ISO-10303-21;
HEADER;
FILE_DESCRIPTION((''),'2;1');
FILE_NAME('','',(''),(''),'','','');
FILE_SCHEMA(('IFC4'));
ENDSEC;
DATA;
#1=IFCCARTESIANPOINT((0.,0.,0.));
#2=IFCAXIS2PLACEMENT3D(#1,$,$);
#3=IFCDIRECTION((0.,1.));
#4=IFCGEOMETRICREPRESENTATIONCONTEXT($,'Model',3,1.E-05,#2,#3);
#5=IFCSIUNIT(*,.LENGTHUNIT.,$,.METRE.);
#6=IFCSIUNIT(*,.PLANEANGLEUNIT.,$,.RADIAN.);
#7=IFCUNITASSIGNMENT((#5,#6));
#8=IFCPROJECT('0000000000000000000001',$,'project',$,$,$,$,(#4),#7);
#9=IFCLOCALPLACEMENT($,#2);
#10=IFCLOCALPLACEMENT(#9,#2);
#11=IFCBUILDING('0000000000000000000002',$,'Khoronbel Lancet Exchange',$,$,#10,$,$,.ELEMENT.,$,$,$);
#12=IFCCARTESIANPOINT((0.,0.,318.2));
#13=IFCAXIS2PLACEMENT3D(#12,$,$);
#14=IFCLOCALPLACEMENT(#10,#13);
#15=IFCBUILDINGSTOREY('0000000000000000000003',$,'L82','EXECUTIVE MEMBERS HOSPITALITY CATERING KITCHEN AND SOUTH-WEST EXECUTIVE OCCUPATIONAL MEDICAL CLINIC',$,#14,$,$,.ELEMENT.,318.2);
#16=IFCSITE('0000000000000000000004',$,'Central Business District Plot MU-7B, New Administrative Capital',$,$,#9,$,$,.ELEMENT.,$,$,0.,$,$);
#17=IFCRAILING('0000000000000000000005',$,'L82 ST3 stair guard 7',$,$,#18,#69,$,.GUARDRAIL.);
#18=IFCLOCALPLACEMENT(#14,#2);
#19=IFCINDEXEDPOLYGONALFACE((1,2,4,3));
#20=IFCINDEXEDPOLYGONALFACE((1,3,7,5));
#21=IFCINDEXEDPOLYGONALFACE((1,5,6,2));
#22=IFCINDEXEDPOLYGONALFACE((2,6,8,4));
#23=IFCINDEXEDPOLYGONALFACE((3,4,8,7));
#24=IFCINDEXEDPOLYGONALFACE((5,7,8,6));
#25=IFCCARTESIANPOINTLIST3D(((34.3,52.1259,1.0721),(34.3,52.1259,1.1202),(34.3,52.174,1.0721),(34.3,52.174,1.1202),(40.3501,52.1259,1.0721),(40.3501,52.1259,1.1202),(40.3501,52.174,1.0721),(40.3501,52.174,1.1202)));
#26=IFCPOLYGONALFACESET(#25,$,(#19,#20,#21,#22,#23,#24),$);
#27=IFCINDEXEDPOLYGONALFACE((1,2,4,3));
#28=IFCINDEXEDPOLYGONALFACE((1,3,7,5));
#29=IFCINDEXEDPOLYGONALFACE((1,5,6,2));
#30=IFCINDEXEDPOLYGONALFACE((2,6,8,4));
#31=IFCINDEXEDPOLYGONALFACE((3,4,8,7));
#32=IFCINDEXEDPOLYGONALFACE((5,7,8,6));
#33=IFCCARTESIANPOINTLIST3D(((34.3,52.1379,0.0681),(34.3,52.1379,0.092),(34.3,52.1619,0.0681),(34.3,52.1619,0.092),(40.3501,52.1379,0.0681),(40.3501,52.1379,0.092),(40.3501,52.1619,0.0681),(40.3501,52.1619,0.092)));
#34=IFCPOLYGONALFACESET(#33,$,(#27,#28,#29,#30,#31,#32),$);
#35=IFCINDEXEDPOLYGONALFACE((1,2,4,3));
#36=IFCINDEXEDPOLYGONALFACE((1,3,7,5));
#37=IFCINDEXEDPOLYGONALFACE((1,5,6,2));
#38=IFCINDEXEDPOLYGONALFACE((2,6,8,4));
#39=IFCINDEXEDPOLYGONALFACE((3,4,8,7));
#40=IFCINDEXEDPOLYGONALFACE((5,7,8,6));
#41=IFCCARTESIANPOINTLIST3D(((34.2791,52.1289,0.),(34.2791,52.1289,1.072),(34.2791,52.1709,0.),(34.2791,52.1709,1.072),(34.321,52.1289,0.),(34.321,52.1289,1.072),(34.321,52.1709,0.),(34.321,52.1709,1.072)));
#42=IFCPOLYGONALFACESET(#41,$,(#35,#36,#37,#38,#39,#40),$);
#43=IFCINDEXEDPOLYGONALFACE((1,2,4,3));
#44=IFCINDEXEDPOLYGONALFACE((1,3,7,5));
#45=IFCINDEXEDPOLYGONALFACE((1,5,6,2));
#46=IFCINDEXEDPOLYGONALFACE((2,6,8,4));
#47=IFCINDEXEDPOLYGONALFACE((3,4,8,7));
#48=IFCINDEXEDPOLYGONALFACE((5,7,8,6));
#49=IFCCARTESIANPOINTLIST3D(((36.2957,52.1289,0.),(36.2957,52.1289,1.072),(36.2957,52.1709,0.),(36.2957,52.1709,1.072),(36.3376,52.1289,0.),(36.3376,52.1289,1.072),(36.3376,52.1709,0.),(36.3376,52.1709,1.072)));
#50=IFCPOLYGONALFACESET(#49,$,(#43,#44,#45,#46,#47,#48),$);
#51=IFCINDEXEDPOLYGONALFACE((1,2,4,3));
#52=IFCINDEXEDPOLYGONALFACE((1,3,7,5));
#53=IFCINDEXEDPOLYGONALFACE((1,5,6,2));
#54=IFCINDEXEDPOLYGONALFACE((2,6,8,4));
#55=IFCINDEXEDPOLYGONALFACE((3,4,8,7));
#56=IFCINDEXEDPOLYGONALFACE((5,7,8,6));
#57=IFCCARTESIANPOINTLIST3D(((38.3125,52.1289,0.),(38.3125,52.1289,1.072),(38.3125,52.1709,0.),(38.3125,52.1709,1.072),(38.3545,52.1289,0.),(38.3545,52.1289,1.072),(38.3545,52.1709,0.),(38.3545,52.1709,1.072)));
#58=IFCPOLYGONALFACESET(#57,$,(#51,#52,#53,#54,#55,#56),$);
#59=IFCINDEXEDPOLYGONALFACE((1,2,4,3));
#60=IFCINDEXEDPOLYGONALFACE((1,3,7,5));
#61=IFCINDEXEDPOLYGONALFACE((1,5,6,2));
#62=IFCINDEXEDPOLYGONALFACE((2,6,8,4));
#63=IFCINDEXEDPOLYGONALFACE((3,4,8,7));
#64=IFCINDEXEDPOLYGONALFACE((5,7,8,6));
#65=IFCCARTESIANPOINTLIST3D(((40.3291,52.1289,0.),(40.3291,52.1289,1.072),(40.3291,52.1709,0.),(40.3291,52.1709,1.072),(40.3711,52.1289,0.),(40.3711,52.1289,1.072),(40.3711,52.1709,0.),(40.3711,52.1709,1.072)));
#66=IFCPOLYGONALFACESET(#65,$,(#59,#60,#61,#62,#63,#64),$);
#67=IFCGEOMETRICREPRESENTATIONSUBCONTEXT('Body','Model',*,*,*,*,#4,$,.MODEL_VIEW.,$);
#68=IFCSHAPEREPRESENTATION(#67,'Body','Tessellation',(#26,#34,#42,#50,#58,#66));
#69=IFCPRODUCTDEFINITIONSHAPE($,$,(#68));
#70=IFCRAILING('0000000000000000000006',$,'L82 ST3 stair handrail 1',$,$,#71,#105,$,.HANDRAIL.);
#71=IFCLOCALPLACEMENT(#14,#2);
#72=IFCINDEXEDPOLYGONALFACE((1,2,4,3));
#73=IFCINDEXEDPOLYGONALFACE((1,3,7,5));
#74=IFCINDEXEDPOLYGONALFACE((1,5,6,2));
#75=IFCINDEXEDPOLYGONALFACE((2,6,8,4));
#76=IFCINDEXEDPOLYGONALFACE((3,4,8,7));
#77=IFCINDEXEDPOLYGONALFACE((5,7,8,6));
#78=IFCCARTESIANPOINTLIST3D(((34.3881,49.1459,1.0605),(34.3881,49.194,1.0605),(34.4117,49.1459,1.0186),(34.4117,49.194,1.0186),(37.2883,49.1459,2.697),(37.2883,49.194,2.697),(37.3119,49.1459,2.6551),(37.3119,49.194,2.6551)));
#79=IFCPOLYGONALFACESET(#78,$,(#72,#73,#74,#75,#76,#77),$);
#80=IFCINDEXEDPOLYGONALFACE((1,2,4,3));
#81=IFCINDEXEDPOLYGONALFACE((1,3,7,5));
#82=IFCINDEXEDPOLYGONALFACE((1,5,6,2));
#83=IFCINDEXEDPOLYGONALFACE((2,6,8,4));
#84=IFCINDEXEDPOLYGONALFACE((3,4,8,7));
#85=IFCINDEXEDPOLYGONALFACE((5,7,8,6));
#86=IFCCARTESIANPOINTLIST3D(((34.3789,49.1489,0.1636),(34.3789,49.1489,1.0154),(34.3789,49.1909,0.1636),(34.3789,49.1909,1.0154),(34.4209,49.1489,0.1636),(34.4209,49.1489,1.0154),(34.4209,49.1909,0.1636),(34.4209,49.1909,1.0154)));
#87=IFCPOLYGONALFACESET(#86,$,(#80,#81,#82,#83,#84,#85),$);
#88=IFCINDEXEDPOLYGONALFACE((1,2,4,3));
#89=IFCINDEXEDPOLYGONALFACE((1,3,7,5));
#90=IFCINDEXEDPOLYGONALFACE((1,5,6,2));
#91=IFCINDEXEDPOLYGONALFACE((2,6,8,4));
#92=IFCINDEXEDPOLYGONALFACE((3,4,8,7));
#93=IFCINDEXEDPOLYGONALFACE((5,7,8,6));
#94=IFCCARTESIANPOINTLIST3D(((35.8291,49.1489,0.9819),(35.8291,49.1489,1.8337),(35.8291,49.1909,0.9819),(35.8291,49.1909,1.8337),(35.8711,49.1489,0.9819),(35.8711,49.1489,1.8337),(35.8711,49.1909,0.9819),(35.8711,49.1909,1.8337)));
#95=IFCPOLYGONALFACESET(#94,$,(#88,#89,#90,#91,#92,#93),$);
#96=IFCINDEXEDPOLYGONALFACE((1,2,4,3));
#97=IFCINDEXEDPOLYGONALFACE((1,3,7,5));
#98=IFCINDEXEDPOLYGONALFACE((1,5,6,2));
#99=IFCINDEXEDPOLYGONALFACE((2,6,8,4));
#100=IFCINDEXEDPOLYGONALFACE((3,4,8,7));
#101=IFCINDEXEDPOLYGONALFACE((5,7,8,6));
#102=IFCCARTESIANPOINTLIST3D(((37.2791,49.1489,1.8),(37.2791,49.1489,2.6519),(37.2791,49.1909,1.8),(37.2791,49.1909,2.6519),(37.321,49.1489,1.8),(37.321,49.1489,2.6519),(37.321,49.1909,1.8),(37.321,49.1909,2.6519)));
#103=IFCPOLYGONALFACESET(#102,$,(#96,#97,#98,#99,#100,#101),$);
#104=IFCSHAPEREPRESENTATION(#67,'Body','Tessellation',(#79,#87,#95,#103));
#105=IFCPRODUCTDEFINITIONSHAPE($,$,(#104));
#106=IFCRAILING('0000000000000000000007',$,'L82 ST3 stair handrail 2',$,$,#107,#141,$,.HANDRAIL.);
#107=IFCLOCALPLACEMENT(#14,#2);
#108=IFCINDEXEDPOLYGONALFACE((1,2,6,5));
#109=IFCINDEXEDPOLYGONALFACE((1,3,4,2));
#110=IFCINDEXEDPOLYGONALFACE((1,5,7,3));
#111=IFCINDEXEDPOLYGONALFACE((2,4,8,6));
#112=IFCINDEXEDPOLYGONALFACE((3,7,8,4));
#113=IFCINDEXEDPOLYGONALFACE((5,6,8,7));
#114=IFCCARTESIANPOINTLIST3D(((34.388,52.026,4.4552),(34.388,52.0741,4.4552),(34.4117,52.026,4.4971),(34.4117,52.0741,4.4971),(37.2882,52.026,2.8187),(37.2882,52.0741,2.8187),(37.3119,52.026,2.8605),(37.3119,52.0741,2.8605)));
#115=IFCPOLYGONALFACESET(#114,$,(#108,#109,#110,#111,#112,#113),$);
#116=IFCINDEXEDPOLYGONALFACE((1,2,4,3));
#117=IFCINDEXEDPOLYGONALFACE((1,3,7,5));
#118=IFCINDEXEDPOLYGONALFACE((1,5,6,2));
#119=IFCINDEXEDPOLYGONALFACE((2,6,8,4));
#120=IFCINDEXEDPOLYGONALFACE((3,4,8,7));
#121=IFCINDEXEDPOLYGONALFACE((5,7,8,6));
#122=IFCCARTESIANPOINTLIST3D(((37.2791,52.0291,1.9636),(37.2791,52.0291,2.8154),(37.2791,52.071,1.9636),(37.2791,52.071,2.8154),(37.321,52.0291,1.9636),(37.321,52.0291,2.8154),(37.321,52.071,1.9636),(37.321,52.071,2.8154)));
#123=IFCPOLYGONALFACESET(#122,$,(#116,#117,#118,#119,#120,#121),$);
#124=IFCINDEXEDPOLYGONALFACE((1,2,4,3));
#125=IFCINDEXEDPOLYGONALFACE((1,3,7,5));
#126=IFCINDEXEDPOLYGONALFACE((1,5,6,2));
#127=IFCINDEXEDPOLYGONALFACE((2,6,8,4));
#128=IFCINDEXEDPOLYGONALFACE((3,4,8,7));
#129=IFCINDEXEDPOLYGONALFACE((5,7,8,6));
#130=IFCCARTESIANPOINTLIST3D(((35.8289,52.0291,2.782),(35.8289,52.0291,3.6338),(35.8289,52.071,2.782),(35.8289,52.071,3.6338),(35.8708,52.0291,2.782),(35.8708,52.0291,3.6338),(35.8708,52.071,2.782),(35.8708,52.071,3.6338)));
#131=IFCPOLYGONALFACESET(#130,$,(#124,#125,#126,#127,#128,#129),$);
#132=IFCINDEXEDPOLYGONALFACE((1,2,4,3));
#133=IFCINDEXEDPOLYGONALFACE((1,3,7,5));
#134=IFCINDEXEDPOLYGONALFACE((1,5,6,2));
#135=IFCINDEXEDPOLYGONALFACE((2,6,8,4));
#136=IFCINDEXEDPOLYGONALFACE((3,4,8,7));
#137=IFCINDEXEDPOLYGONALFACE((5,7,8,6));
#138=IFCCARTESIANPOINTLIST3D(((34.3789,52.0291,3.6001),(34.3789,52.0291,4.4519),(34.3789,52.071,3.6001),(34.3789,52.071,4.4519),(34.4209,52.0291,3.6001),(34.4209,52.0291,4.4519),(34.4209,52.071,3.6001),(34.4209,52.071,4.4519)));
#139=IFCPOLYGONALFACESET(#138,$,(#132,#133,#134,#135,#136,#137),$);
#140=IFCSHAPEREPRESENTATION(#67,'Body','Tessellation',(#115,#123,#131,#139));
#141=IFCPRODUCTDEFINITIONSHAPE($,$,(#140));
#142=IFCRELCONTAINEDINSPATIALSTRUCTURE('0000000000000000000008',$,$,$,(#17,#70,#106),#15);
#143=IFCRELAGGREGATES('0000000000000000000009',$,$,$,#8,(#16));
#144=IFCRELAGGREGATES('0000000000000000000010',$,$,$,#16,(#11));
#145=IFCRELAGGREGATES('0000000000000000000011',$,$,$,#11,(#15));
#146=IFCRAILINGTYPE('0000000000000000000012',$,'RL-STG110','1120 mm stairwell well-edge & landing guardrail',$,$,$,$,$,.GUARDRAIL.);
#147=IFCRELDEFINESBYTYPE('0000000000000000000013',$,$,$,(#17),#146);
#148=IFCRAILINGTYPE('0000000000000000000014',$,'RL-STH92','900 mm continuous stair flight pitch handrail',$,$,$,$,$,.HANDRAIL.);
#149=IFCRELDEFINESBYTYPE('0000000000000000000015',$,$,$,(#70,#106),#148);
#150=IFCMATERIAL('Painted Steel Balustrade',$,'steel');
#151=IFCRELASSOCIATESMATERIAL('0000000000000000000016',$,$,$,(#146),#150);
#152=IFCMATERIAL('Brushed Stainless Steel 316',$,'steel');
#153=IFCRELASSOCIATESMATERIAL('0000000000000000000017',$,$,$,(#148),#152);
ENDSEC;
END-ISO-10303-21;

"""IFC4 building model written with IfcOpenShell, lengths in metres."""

from ifc_helpers import new_model, si_unit, direction, frame, origin, origin_2d, place, context, subcontext, project, spatial, rectangle, extrude, material, type_object, element, save


model = new_model("IFC4")

# Units and contexts
model_context = context("Model", 3, precision=1e-05, world=origin(), true_north=direction((0.0, 1.0)))
body_context = subcontext(model_context, "Body", "Model", "MODEL_VIEW")
ifc_project = project(units=[si_unit("LENGTHUNIT", "METRE"), si_unit("PLANEANGLEUNIT", "RADIAN")], contexts=[model_context])

# Site, building, storey
site_placement = place(None, origin())
site = spatial("IfcSite", under=ifc_project, at=site_placement, Name="Central Business District Plot MU-7B, New Administrative Capital", CompositionType="ELEMENT", RefElevation=0.0)
building_placement = place(site_placement, origin())
building = spatial("IfcBuilding", under=site, at=building_placement, Name="Khoronbel Lancet Exchange", CompositionType="ELEMENT")
storey_placement = place(building_placement, frame((0.0, 0.0, 318.2)))
storey = spatial("IfcBuildingStorey", under=building, at=storey_placement, Name="L82", Description="EXECUTIVE MEMBERS HOSPITALITY CATERING KITCHEN AND SOUTH-WEST EXECUTIVE OCCUPATIONAL MEDICAL CLINIC", CompositionType="ELEMENT", Elevation=318.2)

# Railings
ifc_material_1 = material(Name="Painted Steel Balustrade", Category="steel")
railing_type_1 = type_object("IfcRailingType", Name="RL-STG110", Description="1120 mm stairwell well-edge & landing guardrail", PredefinedType="GUARDRAIL", material=ifc_material_1)
railing_1_placement = place(storey_placement, frame((34.3, 52.1499, 0.0)))
element("IfcRailing", 1, at=railing_1_placement, inside=storey, type_object=railing_type_1, Name="L82 ST3 stair guard 7", PredefinedType="GUARDRAIL", context=body_context, shape_type="SweptSolid", body=[
    extrude(rectangle(XDim=0.0481, YDim=0.0481, at=origin_2d()), frame((0.0, 0.0, 1.0962), z_axis=(1.0, 0.0, 0.0), x_axis=(0.0, 1.0, 0.0)), (0.0, 0.0, 1.0), 6.05),
    extrude(rectangle(XDim=0.0239, YDim=0.0239, at=origin_2d()), frame((0.0, 0.0, 0.0801), z_axis=(1.0, 0.0, 0.0), x_axis=(0.0, 1.0, 0.0)), (0.0, 0.0, 1.0), 6.05),
    extrude(rectangle(XDim=0.042, YDim=0.042, at=origin_2d()), origin(), (0.0, 0.0, 1.0), 1.072),
    extrude(rectangle(XDim=0.042, YDim=0.042, at=origin_2d()), frame((2.0166, 0.0, 0.0)), (0.0, 0.0, 1.0), 1.072),
    extrude(rectangle(XDim=0.042, YDim=0.042, at=origin_2d()), frame((4.0334, 0.0, 0.0)), (0.0, 0.0, 1.0), 1.072),
    extrude(rectangle(XDim=0.042, YDim=0.042, at=origin_2d()), frame((6.05, 0.0, 0.0)), (0.0, 0.0, 1.0), 1.072),
])
ifc_material_2 = material(Name="Brushed Stainless Steel 316", Category="steel")
railing_type_2 = type_object("IfcRailingType", Name="RL-STH92", Description="900 mm continuous stair flight pitch handrail", PredefinedType="HANDRAIL", material=ifc_material_2)
railing_2_placement = place(storey_placement, frame((34.3999, 49.1699, 0.1636)))
element("IfcRailing", 2, at=railing_2_placement, inside=storey, type_object=railing_type_2, Name="L82 ST3 stair handrail 1", PredefinedType="HANDRAIL", context=body_context, shape_type="SweptSolid", body=[
    extrude(rectangle(XDim=0.0481, YDim=0.0481, at=origin_2d()), frame((0.0, 0.0, 0.876), z_axis=(0.870915, 0.0, 0.491434), x_axis=(0.0, 1.0, 0.0)), (0.0, 0.0, 1.0), 3.3301),
    extrude(rectangle(XDim=0.042, YDim=0.042, at=origin_2d()), origin(), (0.0, 0.0, 1.0), 0.8518),
    extrude(rectangle(XDim=0.042, YDim=0.042, at=origin_2d()), frame((1.4502, 0.0, 0.8184)), (0.0, 0.0, 1.0), 0.8518),
    extrude(rectangle(XDim=0.042, YDim=0.042, at=origin_2d()), frame((2.9001, 0.0, 1.6365)), (0.0, 0.0, 1.0), 0.8518),
])
railing_3_placement = place(storey_placement, frame((37.3, 52.05, 1.9636)))
element("IfcRailing", 3, at=railing_3_placement, inside=storey, type_object=railing_type_2, Name="L82 ST3 stair handrail 2", PredefinedType="HANDRAIL", context=body_context, shape_type="SweptSolid", body=[
    extrude(rectangle(XDim=0.0481, YDim=0.0481, at=origin_2d()), frame((0.0, 0.0, 0.876), z_axis=(-0.870915, 0.0, 0.491434), x_axis=(0.0, -1.0, 0.0)), (0.0, 0.0, 1.0), 3.3301),
    extrude(rectangle(XDim=0.042, YDim=0.042, at=origin_2d()), origin(), (0.0, 0.0, 1.0), 0.8518),
    extrude(rectangle(XDim=0.042, YDim=0.042, at=origin_2d()), frame((-1.4502, 0.0, 0.8184)), (0.0, 0.0, 1.0), 0.8518),
    extrude(rectangle(XDim=0.042, YDim=0.042, at=origin_2d()), frame((-2.9001, 0.0, 1.6365)), (0.0, 0.0, 1.0), 0.8518),
])

save(model, "model.ifc")
